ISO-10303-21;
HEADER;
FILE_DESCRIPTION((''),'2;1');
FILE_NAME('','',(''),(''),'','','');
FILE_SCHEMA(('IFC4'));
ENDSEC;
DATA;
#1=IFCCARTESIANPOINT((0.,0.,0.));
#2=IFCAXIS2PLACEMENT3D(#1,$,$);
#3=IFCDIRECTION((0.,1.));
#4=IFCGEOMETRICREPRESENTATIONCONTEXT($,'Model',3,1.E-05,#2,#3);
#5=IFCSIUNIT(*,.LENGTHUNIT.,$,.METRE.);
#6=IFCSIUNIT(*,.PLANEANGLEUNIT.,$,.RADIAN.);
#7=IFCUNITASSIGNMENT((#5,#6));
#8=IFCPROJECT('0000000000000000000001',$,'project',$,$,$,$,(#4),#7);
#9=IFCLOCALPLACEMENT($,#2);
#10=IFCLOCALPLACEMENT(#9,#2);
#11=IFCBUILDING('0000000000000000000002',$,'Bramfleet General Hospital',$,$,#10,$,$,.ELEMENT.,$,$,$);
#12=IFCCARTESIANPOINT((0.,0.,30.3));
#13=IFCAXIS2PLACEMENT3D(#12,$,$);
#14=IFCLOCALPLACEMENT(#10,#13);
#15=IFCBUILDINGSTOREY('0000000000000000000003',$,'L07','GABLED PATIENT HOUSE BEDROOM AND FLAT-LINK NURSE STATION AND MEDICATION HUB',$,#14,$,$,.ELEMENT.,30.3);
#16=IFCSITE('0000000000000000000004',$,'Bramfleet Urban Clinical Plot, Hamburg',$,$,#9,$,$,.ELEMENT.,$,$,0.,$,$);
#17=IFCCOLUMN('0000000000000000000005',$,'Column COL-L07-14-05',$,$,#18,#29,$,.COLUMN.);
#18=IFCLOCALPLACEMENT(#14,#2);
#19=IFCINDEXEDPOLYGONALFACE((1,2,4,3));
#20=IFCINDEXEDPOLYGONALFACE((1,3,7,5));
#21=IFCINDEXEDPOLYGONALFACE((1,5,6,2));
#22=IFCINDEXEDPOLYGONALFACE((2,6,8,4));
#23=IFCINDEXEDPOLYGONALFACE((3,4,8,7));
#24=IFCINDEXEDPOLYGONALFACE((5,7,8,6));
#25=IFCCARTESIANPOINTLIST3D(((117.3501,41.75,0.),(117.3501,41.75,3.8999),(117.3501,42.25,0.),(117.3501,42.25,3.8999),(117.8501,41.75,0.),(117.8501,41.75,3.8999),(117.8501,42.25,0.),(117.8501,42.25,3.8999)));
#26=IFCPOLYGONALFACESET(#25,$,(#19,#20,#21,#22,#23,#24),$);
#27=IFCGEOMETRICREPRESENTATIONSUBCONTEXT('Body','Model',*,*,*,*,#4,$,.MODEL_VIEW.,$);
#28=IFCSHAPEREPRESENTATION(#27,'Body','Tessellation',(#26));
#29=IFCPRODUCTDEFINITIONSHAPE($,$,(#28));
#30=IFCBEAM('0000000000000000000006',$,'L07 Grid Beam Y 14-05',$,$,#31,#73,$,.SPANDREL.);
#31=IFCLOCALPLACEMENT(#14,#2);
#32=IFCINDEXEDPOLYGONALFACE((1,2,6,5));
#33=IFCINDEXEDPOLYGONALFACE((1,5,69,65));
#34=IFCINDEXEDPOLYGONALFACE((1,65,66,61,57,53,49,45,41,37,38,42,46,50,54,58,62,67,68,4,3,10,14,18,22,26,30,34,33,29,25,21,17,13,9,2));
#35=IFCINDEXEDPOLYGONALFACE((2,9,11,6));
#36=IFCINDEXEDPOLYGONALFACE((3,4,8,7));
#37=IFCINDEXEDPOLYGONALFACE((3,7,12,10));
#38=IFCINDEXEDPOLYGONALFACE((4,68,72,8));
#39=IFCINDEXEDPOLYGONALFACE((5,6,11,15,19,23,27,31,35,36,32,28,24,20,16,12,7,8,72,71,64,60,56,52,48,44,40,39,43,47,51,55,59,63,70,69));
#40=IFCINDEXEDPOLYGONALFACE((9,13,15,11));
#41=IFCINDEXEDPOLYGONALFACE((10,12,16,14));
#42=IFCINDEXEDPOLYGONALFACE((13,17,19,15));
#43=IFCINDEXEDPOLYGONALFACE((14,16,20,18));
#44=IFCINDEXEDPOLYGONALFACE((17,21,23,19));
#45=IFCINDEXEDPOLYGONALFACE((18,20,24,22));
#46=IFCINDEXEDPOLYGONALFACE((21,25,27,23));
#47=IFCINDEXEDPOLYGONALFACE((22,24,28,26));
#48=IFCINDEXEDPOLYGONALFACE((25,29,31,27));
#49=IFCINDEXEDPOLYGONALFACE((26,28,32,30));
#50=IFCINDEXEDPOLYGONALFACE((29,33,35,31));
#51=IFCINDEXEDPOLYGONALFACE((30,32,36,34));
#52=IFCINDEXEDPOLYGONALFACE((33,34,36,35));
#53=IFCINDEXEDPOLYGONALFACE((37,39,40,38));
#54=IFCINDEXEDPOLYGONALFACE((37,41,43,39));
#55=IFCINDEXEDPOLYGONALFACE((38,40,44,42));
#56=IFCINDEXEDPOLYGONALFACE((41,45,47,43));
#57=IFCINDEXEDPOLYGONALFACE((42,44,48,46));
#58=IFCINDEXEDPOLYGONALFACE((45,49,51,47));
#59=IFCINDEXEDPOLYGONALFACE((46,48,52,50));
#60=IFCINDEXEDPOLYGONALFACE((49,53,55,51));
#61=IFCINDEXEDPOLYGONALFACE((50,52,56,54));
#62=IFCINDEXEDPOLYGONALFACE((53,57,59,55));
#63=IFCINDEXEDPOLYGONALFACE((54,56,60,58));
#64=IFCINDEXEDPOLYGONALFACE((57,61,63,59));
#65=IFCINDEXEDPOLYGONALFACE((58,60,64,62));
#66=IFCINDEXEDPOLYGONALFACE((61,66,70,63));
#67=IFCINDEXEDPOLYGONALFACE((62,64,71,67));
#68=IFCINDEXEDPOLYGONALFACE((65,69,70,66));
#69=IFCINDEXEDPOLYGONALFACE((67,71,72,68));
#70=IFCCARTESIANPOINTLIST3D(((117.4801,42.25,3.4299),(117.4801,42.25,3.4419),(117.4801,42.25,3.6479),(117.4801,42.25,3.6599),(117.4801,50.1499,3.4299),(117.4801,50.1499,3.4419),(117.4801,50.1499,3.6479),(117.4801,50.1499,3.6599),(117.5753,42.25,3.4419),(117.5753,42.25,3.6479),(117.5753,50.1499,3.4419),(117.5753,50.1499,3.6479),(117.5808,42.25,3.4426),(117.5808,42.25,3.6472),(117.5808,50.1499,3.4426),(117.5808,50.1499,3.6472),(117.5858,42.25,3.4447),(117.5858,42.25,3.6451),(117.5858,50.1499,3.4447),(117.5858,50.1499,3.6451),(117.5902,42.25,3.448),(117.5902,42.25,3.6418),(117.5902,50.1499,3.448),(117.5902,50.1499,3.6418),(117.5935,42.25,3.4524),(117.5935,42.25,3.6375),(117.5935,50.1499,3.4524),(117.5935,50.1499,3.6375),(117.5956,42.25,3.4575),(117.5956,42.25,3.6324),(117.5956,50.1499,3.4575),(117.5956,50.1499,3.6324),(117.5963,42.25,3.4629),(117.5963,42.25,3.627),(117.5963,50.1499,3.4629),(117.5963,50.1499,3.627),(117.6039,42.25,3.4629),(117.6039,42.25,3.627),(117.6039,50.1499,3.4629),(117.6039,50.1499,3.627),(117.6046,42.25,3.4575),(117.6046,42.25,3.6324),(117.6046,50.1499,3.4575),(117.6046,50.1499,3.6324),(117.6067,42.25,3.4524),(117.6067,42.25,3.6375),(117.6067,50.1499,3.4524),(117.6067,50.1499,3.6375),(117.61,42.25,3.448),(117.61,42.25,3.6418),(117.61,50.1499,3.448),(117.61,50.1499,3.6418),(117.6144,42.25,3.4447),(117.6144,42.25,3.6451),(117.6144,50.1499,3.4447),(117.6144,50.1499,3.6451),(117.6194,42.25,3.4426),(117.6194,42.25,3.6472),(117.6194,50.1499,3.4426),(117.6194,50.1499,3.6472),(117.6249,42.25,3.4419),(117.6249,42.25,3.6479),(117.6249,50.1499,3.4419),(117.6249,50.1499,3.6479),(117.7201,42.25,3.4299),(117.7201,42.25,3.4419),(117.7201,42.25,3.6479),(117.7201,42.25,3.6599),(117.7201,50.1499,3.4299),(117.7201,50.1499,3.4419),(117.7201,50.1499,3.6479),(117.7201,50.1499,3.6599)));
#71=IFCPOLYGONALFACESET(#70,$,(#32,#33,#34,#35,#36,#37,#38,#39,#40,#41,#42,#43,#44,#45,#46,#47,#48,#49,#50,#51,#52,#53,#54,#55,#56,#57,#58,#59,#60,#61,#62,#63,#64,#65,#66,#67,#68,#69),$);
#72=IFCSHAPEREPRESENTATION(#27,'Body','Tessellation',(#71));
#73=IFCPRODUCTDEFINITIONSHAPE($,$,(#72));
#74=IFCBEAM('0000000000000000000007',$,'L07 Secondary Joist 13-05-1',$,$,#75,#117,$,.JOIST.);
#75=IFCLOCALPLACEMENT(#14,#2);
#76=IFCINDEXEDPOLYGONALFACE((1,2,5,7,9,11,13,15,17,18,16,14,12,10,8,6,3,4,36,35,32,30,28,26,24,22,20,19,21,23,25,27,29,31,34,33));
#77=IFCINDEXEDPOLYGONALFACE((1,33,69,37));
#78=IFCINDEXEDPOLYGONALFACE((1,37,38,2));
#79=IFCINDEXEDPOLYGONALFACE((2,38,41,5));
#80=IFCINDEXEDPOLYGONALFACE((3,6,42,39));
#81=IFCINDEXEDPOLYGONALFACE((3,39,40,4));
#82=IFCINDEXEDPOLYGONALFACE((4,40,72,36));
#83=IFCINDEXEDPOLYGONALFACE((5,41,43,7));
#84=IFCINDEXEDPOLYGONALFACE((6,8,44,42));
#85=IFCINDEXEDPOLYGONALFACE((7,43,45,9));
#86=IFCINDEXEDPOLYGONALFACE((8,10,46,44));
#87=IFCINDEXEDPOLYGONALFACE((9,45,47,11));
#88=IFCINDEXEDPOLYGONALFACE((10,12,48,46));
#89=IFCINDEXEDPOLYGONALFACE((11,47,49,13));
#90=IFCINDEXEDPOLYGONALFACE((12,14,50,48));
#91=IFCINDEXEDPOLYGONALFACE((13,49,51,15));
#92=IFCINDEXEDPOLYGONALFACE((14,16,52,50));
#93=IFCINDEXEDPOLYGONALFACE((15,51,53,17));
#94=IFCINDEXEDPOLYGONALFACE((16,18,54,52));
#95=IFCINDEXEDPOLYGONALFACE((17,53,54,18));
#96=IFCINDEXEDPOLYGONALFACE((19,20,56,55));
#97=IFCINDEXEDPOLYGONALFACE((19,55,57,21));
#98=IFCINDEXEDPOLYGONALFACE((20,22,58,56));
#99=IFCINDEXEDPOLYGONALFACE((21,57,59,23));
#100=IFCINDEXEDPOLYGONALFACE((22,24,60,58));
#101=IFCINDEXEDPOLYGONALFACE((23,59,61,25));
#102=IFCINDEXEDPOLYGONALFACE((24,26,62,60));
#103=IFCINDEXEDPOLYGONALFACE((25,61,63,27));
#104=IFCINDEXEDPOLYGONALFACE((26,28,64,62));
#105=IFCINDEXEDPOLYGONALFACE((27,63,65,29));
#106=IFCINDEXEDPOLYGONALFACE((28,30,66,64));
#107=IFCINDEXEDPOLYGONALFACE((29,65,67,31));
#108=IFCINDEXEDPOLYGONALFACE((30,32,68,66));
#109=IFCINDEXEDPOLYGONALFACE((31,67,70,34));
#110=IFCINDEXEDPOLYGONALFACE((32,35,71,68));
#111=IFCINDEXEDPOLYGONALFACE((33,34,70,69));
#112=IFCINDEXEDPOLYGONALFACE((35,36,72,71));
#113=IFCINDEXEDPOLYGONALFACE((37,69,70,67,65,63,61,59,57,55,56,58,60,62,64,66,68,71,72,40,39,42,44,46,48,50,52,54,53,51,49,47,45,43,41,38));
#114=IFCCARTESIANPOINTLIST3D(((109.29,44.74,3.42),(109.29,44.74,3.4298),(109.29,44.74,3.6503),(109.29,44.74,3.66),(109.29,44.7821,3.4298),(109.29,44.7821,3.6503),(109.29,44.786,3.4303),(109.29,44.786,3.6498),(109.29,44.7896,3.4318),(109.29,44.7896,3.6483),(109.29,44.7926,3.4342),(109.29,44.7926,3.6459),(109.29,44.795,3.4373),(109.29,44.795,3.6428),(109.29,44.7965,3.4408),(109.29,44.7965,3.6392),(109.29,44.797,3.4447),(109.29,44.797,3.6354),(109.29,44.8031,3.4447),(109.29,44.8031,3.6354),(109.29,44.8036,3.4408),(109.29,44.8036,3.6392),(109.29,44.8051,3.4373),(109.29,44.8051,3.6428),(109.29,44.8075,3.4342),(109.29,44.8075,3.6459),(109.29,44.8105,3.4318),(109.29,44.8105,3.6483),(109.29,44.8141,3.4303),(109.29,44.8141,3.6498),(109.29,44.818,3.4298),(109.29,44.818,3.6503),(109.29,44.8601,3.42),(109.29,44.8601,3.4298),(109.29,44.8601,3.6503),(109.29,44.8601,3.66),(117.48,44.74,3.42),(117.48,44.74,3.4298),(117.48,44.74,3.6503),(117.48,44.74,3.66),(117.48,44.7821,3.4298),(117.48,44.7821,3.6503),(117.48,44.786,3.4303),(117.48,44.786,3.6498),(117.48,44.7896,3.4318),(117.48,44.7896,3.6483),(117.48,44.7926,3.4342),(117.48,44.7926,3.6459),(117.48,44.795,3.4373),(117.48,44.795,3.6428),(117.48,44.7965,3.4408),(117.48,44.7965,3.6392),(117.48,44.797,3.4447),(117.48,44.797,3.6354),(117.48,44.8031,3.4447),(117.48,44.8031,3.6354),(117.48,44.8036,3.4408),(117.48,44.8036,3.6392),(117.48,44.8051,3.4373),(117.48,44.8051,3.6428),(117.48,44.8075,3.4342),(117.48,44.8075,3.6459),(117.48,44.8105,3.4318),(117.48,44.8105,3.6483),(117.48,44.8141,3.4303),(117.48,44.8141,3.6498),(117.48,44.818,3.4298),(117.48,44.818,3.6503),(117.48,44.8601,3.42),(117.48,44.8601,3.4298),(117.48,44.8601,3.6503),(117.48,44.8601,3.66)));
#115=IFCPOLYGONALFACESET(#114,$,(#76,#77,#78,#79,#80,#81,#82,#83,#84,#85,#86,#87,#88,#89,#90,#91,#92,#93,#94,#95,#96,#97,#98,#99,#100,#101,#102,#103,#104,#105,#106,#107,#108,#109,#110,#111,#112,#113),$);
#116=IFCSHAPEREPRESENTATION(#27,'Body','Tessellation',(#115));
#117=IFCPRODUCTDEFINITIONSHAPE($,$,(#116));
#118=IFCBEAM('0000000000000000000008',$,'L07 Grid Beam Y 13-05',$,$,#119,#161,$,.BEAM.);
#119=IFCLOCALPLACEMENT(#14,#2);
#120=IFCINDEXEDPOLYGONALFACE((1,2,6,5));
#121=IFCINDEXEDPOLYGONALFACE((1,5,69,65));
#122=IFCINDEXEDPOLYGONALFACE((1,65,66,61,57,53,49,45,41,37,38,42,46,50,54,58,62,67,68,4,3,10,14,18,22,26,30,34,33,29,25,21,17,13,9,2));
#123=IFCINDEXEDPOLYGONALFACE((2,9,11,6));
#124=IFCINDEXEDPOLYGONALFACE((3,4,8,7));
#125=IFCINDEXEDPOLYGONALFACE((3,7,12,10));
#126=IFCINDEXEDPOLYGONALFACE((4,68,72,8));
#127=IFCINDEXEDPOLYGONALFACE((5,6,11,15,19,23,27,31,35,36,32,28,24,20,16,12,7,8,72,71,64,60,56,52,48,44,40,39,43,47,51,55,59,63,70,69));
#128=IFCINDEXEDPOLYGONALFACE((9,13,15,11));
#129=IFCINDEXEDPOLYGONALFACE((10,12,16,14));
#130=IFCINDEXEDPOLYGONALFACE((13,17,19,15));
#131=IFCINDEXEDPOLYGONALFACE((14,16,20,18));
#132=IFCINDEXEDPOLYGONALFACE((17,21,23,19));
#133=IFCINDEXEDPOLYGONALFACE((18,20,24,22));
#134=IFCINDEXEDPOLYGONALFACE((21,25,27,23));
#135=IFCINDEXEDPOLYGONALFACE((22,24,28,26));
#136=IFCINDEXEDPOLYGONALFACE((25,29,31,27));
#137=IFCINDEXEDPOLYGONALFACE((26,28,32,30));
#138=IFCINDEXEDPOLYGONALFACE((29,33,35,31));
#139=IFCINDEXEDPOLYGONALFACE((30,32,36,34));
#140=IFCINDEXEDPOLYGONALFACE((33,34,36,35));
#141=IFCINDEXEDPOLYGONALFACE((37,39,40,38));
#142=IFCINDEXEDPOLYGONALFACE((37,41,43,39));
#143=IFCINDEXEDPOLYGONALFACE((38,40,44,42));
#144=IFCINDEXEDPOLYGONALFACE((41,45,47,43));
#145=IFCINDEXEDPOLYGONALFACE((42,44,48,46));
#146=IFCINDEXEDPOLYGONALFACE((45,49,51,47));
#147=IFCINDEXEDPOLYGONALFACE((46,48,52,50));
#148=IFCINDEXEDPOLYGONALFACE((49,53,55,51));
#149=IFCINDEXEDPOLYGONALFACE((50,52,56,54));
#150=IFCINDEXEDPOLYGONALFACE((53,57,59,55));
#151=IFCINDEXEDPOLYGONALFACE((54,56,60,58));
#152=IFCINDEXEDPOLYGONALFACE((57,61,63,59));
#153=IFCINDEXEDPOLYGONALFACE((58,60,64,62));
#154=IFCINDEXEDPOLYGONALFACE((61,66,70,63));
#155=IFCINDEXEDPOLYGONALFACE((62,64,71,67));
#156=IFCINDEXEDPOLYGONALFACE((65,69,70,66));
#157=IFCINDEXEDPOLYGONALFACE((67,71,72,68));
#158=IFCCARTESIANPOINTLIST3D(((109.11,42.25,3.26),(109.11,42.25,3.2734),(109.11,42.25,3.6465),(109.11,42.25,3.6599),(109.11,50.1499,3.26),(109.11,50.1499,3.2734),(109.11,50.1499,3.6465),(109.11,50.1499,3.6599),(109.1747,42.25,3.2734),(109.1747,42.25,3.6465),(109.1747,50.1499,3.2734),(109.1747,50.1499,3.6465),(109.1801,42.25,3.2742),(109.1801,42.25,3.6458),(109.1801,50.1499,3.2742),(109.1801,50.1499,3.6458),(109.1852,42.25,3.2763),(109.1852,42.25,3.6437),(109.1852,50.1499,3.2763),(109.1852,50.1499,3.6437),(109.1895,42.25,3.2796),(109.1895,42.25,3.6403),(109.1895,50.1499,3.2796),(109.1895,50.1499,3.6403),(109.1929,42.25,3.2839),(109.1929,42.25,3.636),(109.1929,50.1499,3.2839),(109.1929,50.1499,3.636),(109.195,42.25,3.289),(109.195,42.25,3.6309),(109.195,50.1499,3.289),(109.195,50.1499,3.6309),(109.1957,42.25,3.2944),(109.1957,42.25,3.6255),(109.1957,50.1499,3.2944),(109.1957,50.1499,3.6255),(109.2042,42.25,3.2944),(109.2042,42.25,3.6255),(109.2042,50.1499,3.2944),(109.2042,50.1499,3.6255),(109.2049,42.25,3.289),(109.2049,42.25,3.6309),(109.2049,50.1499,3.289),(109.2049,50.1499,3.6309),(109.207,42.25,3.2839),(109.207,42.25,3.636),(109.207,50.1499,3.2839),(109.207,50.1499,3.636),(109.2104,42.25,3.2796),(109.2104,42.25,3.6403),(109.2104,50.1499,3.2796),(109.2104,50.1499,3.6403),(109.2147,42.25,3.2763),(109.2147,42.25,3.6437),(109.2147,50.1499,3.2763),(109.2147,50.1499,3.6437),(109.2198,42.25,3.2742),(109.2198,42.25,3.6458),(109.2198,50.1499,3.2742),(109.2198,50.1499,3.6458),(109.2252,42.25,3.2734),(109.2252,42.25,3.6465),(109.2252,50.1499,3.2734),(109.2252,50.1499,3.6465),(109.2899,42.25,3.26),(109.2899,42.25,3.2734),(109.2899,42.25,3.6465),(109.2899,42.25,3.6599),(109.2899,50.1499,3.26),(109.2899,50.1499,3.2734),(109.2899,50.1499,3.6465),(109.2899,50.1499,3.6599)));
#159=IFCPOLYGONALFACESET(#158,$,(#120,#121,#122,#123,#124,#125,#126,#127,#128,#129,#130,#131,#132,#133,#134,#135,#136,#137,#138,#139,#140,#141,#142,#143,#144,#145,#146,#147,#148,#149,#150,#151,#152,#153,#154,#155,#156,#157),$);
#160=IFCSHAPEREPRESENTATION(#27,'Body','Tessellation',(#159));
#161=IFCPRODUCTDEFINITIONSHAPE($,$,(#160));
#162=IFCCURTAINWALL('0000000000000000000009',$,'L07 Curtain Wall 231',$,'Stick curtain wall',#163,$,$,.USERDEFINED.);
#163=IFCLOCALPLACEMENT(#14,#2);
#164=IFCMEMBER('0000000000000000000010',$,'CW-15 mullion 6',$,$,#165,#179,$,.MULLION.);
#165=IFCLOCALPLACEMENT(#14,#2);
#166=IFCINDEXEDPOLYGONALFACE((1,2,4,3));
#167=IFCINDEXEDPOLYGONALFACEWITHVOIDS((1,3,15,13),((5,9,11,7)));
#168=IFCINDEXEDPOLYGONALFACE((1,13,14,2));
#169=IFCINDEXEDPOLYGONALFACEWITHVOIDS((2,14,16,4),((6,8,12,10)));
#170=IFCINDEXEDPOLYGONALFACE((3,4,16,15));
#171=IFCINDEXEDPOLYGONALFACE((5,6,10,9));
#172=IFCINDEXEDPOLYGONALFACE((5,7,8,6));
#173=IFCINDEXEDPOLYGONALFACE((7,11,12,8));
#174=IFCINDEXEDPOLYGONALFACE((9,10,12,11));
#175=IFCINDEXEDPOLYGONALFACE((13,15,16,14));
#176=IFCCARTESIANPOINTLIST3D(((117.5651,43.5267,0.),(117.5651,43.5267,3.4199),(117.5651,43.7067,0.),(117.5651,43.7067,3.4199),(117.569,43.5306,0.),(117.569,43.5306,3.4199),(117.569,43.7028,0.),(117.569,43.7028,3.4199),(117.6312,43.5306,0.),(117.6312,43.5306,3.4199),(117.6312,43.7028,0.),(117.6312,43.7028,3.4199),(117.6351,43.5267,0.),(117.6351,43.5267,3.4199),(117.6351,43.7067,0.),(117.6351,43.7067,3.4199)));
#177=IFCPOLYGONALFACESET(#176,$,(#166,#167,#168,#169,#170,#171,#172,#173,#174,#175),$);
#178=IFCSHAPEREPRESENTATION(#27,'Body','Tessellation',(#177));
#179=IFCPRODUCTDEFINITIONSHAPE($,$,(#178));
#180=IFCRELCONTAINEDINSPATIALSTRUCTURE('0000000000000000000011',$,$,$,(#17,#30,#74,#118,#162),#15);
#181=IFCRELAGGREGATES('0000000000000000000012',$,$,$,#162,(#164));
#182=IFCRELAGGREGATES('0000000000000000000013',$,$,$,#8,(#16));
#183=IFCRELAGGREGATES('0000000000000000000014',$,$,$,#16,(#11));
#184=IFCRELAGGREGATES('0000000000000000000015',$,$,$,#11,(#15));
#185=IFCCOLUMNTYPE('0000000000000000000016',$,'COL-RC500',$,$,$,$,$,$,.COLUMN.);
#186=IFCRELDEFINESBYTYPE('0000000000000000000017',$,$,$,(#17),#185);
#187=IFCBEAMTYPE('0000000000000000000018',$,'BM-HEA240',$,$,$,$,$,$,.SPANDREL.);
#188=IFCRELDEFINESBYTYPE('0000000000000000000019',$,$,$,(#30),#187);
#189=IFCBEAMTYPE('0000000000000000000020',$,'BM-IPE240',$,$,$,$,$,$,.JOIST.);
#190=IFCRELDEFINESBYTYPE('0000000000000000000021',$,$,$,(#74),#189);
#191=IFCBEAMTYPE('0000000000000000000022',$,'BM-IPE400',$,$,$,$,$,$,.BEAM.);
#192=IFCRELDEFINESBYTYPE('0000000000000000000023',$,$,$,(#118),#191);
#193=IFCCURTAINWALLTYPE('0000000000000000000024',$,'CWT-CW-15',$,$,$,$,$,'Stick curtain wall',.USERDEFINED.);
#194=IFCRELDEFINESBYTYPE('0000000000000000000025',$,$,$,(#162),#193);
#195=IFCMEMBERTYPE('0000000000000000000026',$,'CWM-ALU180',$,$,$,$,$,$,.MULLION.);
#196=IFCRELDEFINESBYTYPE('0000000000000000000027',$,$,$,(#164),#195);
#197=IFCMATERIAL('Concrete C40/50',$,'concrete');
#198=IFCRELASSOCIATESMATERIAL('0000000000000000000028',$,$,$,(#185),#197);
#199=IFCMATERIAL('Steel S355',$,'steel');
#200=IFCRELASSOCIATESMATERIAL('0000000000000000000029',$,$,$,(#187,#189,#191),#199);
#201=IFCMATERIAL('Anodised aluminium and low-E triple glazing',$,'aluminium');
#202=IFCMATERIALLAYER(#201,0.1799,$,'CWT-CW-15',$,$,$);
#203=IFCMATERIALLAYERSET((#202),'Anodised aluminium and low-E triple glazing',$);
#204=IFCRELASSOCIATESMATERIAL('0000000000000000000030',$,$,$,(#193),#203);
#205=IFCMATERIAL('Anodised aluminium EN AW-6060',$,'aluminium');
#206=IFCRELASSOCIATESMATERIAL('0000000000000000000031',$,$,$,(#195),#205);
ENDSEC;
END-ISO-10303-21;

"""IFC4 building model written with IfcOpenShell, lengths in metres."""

from ifc_helpers import new_model, si_unit, direction, frame, origin, origin_2d, place, context, subcontext, project, spatial, rectangle, hollow_rectangle, i_section, extrude, material, layer, layer_set, material_profile, profile_set, type_object, element, aggregate, save


model = new_model("IFC4")

# Units and contexts
model_context = context("Model", 3, precision=1e-05, world=origin(), true_north=direction((0.0, 1.0)))
body_context = subcontext(model_context, "Body", "Model", "MODEL_VIEW")
ifc_project = project(units=[si_unit("LENGTHUNIT", "METRE"), si_unit("PLANEANGLEUNIT", "RADIAN")], contexts=[model_context])

# Site, building, storey
site_placement = place(None, origin())
site = spatial("IfcSite", under=ifc_project, at=site_placement, Name="Bramfleet Urban Clinical Plot, Hamburg", CompositionType="ELEMENT", RefElevation=0.0)
building_placement = place(site_placement, origin())
building = spatial("IfcBuilding", under=site, at=building_placement, Name="Bramfleet General Hospital", CompositionType="ELEMENT")
storey_placement = place(building_placement, frame((0.0, 0.0, 30.3)))
storey = spatial("IfcBuildingStorey", under=building, at=storey_placement, Name="L07", Description="GABLED PATIENT HOUSE BEDROOM AND FLAT-LINK NURSE STATION AND MEDICATION HUB", CompositionType="ELEMENT", Elevation=30.3)

# Column
ifc_material_1 = material(Name="Concrete C40/50", Category="concrete")
ifc_material_profile_1 = material_profile(ifc_material_1, rectangle(XDim=0.5, YDim=0.5, at=origin_2d()), Name="RC COL 500x500")
ifc_profile_set_1 = profile_set([ifc_material_profile_1], Name="Concrete C40/50")
column_type = type_object("IfcColumnType", Name="COL-RC500", PredefinedType="COLUMN", material=ifc_profile_set_1)
column_placement = place(storey_placement, frame((117.6001, 42.0, 0.0), z_axis=(0.0, 0.0, 1.0), x_axis=(1.0, 0.0, 0.0)))
element("IfcColumn", 1, at=column_placement, inside=storey, type_object=column_type, Name="Column COL-L07-14-05", PredefinedType="COLUMN", context=body_context, shape_type="SweptSolid", body=[
    extrude(rectangle(XDim=0.5, YDim=0.5, at=origin_2d()), origin(), (0.0, 0.0, 1.0), 3.8999),
])

# Beams
ifc_material_2 = material(Name="Steel S355", Category="steel")
ifc_material_profile_2 = material_profile(ifc_material_2, i_section(OverallWidth=0.24, OverallDepth=0.23, WebThickness=0.0076, FlangeThickness=0.012, FilletRadius=0.021, at=origin_2d()), Name="HEA 240")
ifc_profile_set_2 = profile_set([ifc_material_profile_2], Name="Steel S355")
beam_type_1 = type_object("IfcBeamType", Name="BM-HEA240", PredefinedType="SPANDREL", material=ifc_profile_set_2)
beam_1_placement = place(storey_placement, frame((117.6001, 42.25, 3.5449), z_axis=(0.0, 1.0, 0.0), x_axis=(-1.0, 0.0, 0.0)))
element("IfcBeam", 2, at=beam_1_placement, inside=storey, type_object=beam_type_1, Name="L07 Grid Beam Y 14-05", PredefinedType="SPANDREL", context=body_context, shape_type="SweptSolid", body=[
    extrude(i_section(OverallWidth=0.24, OverallDepth=0.23, WebThickness=0.0076, FlangeThickness=0.012, FilletRadius=0.021, at=origin_2d()), origin(), (0.0, 0.0, 1.0), 7.8999),
])
ifc_material_profile_3 = material_profile(ifc_material_2, i_section(OverallWidth=0.1201, OverallDepth=0.24, WebThickness=0.0061, FlangeThickness=0.0098, FilletRadius=0.0149, at=origin_2d()), Name="IPE 240")
ifc_profile_set_3 = profile_set([ifc_material_profile_3], Name="Steel S355")
beam_type_2 = type_object("IfcBeamType", Name="BM-IPE240", PredefinedType="JOIST", material=ifc_profile_set_3)
beam_2_placement = place(storey_placement, frame((109.29, 44.8, 3.54), z_axis=(1.0, 0.0, 0.0), x_axis=(0.0, 1.0, 0.0)))
element("IfcBeam", 3, at=beam_2_placement, inside=storey, type_object=beam_type_2, Name="L07 Secondary Joist 13-05-1", PredefinedType="JOIST", context=body_context, shape_type="SweptSolid", body=[
    extrude(i_section(OverallWidth=0.1201, OverallDepth=0.24, WebThickness=0.0061, FlangeThickness=0.0098, FilletRadius=0.0149, at=origin_2d()), origin(), (0.0, 0.0, 1.0), 8.1899),
])
ifc_material_profile_4 = material_profile(ifc_material_2, i_section(OverallWidth=0.1799, OverallDepth=0.3999, WebThickness=0.0085, FlangeThickness=0.0134, FilletRadius=0.021, at=origin_2d()), Name="IPE 400")
ifc_profile_set_4 = profile_set([ifc_material_profile_4], Name="Steel S355")
beam_type_3 = type_object("IfcBeamType", Name="BM-IPE400", PredefinedType="BEAM", material=ifc_profile_set_4)
beam_3_placement = place(storey_placement, frame((109.2, 42.25, 3.46), z_axis=(0.0, 1.0, 0.0), x_axis=(-1.0, 0.0, 0.0)))
element("IfcBeam", 4, at=beam_3_placement, inside=storey, type_object=beam_type_3, Name="L07 Grid Beam Y 13-05", PredefinedType="BEAM", context=body_context, shape_type="SweptSolid", body=[
    extrude(i_section(OverallWidth=0.1799, OverallDepth=0.3999, WebThickness=0.0085, FlangeThickness=0.0134, FilletRadius=0.021, at=origin_2d()), origin(), (0.0, 0.0, 1.0), 7.8999),
])

# Curtain wall, member
ifc_material_3 = material(Name="Anodised aluminium and low-E triple glazing", Category="aluminium")
ifc_layer_1 = layer(ifc_material_3, 0.1799, Name="CWT-CW-15")
ifc_layer_set_1 = layer_set([ifc_layer_1], Name="Anodised aluminium and low-E triple glazing")
curtain_wall_type = type_object("IfcCurtainWallType", Name="CWT-CW-15", ElementType="Stick curtain wall", PredefinedType="USERDEFINED", material=ifc_layer_set_1)
curtain_wall_placement = place(storey_placement, origin())
curtain_wall = element("IfcCurtainWall", 5, at=curtain_wall_placement, inside=storey, type_object=curtain_wall_type, Name="L07 Curtain Wall 231", ObjectType="Stick curtain wall", PredefinedType="USERDEFINED")
ifc_material_4 = material(Name="Anodised aluminium EN AW-6060", Category="aluminium")
ifc_material_profile_5 = material_profile(ifc_material_4, hollow_rectangle(XDim=0.0701, YDim=0.1799, WallThickness=0.0039, at=origin_2d()), Name="ALU 180x70x4.0")
ifc_profile_set_5 = profile_set([ifc_material_profile_5], Name="Anodised aluminium EN AW-6060")
member_type_1 = type_object("IfcMemberType", Name="CWM-ALU180", PredefinedType="MULLION", material=ifc_profile_set_5)
member_1_placement = place(storey_placement, frame((117.6001, 43.6167, 0.0), z_axis=(0.0, 0.0, 1.0), x_axis=(1.0, 0.0, 0.0)))
member_1 = element("IfcMember", 6, at=member_1_placement, type_object=member_type_1, Name="CW-15 mullion 6", PredefinedType="MULLION", context=body_context, shape_type="SweptSolid", body=[
    extrude(hollow_rectangle(XDim=0.0701, YDim=0.1799, WallThickness=0.0039, at=origin_2d()), origin(), (0.0, 0.0, 1.0), 3.4199),
])
aggregate(curtain_wall, [member_1])

save(model, "model.ifc")
